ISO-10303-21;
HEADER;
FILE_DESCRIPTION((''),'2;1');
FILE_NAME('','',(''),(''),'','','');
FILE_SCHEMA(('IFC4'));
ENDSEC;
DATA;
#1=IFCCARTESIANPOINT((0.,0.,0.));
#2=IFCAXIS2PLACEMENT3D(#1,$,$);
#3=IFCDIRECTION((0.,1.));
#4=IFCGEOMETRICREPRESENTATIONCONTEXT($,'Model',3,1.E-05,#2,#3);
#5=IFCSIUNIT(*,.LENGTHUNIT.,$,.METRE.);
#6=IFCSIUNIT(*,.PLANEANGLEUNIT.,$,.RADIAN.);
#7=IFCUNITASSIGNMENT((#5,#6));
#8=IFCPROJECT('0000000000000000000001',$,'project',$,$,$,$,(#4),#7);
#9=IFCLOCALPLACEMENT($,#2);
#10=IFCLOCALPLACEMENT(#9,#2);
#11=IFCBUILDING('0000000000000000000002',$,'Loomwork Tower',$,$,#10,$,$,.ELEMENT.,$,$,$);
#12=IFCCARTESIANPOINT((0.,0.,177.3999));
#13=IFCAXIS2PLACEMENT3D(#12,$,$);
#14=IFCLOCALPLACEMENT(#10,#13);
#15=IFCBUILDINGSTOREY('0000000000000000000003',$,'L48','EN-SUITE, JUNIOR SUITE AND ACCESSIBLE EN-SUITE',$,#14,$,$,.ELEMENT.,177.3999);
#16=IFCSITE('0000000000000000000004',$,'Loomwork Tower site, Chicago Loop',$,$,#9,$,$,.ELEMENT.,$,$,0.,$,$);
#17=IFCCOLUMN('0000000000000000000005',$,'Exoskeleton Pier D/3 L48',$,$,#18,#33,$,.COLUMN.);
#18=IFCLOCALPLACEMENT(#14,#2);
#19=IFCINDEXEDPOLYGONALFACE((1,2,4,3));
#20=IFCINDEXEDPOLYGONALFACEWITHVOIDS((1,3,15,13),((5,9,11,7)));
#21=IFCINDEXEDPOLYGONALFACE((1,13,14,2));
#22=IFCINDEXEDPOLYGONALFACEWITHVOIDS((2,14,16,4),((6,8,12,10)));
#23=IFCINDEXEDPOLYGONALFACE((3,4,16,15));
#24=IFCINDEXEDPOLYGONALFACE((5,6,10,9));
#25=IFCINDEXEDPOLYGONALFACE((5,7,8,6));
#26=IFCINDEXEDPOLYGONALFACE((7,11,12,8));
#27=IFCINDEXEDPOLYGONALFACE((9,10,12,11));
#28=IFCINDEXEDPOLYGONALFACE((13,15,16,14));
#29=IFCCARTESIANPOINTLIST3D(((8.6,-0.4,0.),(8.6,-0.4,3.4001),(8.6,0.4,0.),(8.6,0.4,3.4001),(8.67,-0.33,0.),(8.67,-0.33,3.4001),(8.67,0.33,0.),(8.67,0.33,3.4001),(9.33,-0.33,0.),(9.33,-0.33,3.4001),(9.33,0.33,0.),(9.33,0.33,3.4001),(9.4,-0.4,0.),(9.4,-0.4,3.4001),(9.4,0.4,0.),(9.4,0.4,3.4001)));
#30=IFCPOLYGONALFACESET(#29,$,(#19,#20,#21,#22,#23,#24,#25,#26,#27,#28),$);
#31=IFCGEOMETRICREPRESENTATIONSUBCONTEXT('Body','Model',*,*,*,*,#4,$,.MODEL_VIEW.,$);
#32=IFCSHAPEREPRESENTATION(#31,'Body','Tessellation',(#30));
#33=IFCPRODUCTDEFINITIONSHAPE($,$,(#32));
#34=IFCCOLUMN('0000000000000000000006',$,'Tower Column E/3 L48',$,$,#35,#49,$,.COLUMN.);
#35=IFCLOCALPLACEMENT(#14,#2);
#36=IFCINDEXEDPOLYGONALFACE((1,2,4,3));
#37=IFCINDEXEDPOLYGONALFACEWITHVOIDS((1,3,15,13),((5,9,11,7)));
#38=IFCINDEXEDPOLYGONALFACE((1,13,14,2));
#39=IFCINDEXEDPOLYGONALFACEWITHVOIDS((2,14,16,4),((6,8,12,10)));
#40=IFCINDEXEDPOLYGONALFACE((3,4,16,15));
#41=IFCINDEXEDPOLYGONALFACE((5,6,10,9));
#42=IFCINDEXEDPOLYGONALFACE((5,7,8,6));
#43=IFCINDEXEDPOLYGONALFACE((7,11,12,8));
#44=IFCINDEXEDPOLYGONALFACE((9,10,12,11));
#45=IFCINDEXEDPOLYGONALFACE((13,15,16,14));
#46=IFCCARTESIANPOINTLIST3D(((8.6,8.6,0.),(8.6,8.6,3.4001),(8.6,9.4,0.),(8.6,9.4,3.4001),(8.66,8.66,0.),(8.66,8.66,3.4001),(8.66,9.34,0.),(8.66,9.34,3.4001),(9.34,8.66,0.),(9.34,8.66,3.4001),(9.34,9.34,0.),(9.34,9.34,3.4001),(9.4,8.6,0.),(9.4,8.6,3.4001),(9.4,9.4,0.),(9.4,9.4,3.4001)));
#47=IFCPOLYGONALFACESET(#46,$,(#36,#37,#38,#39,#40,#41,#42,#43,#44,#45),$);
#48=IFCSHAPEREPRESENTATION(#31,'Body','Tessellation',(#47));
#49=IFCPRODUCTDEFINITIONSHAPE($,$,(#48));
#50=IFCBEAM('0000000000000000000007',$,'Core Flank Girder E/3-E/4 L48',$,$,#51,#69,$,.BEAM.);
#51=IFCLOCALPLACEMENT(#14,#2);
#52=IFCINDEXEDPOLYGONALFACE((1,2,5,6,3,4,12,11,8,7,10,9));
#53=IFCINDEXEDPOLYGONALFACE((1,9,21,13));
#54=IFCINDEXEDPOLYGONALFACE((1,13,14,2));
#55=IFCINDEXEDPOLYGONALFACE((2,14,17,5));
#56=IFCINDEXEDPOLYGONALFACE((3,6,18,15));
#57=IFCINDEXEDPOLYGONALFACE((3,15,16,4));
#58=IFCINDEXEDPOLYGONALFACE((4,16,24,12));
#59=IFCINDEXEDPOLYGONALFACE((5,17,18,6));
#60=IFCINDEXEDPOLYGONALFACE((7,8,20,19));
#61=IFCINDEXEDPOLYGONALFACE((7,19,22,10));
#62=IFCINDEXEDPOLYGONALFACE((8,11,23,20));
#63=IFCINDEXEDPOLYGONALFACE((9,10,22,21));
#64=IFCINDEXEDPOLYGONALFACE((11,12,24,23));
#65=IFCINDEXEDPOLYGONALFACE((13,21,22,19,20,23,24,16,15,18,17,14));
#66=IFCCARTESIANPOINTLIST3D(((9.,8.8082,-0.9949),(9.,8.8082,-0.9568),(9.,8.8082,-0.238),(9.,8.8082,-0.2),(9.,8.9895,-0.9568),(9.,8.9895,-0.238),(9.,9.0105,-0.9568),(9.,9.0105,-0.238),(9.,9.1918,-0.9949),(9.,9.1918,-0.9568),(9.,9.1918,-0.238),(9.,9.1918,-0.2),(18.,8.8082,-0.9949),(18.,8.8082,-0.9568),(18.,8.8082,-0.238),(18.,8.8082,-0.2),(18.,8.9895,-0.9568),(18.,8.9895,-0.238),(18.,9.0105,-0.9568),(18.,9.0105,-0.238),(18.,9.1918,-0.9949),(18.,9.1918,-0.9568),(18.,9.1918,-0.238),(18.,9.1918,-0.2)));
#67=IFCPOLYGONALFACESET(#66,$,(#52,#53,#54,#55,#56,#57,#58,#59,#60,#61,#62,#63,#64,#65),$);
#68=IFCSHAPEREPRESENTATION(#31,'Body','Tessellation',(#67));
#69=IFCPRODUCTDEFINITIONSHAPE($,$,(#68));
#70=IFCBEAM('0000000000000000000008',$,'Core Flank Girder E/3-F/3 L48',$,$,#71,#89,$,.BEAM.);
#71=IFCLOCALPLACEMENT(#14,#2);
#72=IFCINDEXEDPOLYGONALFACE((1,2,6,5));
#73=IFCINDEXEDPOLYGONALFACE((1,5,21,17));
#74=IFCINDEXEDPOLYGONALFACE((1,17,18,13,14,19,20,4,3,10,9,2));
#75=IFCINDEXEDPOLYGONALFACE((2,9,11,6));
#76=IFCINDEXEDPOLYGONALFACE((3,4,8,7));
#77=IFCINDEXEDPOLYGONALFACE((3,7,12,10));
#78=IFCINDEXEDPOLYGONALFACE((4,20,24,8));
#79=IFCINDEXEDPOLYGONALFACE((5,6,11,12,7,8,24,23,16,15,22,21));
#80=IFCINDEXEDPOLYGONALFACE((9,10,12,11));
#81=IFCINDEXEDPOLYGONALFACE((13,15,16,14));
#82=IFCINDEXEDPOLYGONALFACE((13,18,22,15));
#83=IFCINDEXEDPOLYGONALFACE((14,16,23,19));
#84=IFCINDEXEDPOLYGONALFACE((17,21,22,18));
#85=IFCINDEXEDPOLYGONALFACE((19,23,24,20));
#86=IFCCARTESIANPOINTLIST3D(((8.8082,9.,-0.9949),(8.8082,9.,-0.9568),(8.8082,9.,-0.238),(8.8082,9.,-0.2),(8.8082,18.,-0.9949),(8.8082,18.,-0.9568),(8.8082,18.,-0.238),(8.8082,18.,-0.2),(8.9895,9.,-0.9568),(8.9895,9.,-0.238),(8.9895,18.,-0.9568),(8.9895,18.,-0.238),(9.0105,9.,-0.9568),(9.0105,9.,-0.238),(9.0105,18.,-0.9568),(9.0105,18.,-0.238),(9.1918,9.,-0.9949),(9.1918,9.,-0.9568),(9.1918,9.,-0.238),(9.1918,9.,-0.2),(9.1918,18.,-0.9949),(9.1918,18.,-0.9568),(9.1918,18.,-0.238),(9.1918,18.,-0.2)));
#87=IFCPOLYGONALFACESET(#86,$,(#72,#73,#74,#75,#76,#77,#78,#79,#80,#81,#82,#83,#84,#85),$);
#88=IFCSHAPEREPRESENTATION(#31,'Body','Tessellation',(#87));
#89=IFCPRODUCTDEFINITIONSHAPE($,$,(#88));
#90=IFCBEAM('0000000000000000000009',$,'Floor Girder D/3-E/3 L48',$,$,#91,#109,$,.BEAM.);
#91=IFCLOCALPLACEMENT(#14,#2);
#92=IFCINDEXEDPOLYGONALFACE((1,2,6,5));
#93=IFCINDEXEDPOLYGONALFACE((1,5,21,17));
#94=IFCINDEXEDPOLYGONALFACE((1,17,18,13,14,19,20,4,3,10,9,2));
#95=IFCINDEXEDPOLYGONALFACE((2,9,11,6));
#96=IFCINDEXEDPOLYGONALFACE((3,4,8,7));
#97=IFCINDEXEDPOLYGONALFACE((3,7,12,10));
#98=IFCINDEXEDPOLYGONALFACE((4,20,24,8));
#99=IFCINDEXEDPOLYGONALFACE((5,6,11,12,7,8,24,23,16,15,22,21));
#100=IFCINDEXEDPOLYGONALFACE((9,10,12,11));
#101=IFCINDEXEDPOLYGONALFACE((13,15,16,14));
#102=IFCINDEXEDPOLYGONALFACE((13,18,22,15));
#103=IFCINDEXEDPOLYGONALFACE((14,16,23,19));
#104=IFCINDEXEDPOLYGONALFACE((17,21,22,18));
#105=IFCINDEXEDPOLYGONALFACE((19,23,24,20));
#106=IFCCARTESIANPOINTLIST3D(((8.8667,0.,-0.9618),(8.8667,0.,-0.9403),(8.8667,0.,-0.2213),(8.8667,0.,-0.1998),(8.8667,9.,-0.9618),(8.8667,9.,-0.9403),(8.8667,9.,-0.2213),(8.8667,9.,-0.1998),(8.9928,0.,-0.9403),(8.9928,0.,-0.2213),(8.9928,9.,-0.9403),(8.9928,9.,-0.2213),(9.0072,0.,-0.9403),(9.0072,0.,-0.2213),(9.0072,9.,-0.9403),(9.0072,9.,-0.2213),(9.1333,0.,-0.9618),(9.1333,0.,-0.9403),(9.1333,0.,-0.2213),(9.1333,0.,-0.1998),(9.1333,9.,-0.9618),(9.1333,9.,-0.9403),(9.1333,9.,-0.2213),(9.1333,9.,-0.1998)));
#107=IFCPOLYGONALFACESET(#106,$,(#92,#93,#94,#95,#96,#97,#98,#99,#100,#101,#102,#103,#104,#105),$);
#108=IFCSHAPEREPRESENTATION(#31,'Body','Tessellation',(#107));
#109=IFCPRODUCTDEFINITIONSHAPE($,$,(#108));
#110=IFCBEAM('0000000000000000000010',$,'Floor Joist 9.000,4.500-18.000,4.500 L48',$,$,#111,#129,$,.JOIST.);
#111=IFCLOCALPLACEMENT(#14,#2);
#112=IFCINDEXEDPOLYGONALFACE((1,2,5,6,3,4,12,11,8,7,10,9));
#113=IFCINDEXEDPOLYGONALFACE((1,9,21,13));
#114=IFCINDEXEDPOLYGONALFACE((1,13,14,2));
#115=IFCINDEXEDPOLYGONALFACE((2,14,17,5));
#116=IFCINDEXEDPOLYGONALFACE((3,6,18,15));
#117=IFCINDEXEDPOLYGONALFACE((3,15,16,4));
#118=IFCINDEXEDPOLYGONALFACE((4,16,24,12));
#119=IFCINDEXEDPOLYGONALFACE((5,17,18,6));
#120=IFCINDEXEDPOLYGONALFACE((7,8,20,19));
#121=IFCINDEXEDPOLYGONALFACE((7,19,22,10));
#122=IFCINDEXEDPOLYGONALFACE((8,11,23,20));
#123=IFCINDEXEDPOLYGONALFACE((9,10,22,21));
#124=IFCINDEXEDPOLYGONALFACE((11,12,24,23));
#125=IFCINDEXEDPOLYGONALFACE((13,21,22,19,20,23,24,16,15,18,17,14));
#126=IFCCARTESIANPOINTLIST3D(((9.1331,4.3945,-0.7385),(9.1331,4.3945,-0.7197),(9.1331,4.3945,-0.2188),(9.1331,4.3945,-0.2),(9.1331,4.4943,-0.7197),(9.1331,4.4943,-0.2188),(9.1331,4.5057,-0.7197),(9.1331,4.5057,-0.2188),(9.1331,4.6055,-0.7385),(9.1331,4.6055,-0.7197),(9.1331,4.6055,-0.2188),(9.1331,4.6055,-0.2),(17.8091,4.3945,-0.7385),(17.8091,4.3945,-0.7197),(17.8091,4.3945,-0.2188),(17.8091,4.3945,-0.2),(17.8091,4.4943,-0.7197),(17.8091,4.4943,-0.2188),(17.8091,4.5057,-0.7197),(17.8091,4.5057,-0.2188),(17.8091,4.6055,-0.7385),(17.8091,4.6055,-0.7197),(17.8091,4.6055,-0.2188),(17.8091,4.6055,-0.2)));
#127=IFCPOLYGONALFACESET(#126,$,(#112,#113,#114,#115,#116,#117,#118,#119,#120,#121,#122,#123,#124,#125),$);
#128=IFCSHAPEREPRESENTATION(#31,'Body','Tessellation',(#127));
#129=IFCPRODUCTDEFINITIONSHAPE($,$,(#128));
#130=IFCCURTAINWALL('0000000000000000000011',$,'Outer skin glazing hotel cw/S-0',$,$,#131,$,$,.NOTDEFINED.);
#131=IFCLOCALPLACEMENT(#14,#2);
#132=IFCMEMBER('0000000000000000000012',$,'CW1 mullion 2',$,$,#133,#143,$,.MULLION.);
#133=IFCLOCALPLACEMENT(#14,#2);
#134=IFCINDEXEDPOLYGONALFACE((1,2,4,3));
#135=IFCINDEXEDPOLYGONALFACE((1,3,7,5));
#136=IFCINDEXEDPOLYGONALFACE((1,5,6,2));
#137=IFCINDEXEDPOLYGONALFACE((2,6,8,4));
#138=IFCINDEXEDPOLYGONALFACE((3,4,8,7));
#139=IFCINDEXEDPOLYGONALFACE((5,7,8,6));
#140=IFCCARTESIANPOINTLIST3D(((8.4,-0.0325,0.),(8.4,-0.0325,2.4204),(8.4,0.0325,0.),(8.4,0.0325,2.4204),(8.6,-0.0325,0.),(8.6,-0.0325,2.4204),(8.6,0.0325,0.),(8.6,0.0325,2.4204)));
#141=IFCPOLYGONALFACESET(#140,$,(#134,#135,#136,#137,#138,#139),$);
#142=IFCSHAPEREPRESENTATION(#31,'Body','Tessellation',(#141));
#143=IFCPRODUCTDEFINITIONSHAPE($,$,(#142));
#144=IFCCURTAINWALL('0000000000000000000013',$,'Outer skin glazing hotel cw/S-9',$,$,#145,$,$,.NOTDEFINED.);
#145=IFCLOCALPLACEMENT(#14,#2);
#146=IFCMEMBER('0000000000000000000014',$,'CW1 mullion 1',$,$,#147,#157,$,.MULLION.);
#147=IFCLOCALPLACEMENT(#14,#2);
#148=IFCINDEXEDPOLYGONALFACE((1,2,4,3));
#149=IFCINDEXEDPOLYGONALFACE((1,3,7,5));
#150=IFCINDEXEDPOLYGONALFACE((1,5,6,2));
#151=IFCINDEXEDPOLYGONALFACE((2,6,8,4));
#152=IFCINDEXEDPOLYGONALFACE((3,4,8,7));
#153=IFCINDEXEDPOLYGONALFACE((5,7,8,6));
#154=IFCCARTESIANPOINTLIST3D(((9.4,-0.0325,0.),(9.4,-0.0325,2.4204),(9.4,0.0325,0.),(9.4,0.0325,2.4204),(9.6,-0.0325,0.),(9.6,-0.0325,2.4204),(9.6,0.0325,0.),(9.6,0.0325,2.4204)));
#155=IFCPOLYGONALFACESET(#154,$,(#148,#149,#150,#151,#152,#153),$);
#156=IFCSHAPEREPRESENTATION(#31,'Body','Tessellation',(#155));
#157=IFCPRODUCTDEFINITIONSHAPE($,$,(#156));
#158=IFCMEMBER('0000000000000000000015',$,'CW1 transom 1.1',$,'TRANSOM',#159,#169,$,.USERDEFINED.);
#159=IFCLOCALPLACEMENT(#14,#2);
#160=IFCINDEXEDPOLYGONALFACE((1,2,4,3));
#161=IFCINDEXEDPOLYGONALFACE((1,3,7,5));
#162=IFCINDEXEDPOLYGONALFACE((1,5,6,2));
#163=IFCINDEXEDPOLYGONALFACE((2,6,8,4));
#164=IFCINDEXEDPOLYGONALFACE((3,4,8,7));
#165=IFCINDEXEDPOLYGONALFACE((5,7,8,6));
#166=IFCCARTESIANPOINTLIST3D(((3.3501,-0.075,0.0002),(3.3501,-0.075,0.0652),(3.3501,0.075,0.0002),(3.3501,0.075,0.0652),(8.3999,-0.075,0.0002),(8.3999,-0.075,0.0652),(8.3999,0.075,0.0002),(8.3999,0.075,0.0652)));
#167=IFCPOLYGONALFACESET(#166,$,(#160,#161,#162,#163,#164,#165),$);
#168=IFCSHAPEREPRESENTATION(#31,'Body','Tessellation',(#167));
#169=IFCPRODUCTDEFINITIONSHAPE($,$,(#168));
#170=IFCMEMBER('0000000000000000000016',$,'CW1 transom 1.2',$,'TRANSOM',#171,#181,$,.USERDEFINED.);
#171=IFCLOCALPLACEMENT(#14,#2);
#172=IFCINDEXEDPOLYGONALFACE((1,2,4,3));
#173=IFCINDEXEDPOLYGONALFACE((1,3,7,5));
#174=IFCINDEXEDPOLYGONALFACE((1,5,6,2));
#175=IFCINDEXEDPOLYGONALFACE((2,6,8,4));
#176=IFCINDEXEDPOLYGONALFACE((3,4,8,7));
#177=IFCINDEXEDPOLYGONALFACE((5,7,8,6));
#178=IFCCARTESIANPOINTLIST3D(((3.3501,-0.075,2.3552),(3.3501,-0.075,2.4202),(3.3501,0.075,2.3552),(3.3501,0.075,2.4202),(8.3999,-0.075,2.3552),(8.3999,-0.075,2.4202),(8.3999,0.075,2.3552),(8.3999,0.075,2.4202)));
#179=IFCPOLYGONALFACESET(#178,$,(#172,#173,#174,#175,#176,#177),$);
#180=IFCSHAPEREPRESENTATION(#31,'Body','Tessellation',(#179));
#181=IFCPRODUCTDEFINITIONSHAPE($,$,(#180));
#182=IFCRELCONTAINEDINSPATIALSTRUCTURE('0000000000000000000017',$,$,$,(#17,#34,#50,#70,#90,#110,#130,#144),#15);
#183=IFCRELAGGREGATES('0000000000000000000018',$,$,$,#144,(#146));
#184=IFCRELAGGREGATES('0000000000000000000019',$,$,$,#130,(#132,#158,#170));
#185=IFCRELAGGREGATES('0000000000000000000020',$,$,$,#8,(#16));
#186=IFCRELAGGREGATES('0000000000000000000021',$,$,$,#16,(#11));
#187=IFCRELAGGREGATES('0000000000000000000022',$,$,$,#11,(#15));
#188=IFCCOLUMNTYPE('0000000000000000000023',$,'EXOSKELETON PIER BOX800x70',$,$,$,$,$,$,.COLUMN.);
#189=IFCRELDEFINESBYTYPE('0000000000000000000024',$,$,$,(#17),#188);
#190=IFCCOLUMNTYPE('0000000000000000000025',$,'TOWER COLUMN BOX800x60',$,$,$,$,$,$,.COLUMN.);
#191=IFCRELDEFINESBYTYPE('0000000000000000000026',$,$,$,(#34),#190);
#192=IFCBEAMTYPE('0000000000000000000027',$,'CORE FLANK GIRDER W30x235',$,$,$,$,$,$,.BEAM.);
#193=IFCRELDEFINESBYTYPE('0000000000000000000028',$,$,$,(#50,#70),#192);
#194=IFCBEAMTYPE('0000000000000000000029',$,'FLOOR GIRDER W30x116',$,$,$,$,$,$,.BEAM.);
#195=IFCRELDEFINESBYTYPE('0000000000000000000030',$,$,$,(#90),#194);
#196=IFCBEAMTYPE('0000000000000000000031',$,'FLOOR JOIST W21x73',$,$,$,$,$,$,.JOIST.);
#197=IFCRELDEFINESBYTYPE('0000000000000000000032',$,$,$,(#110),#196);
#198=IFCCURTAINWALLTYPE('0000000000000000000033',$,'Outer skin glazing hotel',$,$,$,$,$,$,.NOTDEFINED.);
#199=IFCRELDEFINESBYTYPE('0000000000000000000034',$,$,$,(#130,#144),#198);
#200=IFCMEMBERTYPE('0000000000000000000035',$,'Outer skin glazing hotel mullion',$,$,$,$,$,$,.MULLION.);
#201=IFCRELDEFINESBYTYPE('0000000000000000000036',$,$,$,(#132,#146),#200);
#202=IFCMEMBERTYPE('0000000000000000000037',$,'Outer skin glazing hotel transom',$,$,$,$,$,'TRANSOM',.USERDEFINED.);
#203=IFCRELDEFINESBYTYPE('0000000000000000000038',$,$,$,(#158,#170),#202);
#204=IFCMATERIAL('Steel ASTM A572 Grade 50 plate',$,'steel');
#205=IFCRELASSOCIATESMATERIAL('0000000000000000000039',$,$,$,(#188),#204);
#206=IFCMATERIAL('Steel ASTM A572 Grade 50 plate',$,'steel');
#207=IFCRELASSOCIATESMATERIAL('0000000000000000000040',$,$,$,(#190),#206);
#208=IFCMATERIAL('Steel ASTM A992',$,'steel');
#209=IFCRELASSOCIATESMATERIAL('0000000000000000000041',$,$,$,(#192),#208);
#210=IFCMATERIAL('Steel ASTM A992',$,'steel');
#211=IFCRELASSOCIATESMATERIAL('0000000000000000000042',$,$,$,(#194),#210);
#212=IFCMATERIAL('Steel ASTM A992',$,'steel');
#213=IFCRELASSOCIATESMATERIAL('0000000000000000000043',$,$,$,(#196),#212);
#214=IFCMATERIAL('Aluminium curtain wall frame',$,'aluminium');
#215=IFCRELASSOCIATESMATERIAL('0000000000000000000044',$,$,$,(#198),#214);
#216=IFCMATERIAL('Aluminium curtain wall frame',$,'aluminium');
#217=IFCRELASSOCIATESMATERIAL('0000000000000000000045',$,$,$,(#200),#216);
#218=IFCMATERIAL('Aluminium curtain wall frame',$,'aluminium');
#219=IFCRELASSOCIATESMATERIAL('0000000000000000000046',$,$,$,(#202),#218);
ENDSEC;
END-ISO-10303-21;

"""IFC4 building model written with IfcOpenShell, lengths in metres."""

from ifc_helpers import new_model, si_unit, direction, frame, origin, origin_2d, place, context, subcontext, project, spatial, rectangle, hollow_rectangle, i_section, extrude, material, material_profile, profile_set, type_object, element, aggregate, save


model = new_model("IFC4")

# Units and contexts
model_context = context("Model", 3, precision=1e-05, world=origin(), true_north=direction((0.0, 1.0)))
body_context = subcontext(model_context, "Body", "Model", "MODEL_VIEW")
ifc_project = project(units=[si_unit("LENGTHUNIT", "METRE"), si_unit("PLANEANGLEUNIT", "RADIAN")], contexts=[model_context])

# Site, building, storey
site_placement = place(None, origin())
site = spatial("IfcSite", under=ifc_project, at=site_placement, Name="Loomwork Tower site, Chicago Loop", CompositionType="ELEMENT", RefElevation=0.0)
building_placement = place(site_placement, origin())
building = spatial("IfcBuilding", under=site, at=building_placement, Name="Loomwork Tower", CompositionType="ELEMENT")
storey_placement = place(building_placement, frame((0.0, 0.0, 177.3999)))
storey = spatial("IfcBuildingStorey", under=building, at=storey_placement, Name="L48", Description="EN-SUITE, JUNIOR SUITE AND ACCESSIBLE EN-SUITE", CompositionType="ELEMENT", Elevation=177.3999)

# Columns
ifc_material_1 = material(Name="Steel ASTM A572 Grade 50 plate", Category="steel")
ifc_material_profile_1 = material_profile(ifc_material_1, hollow_rectangle(XDim=0.8, YDim=0.8, WallThickness=0.0701, at=origin_2d()), Name="BOX800x70")
ifc_profile_set_1 = profile_set([ifc_material_profile_1], Name="Steel ASTM A572 Grade 50 plate")
column_type_1 = type_object("IfcColumnType", Name="EXOSKELETON PIER BOX800x70", PredefinedType="COLUMN", material=ifc_profile_set_1)
column_1_placement = place(storey_placement, frame((9.0, 0.0, 0.0), z_axis=(0.0, 0.0, 1.0), x_axis=(1.0, 0.0, 0.0)))
element("IfcColumn", 1, at=column_1_placement, inside=storey, type_object=column_type_1, Name="Exoskeleton Pier D/3 L48", PredefinedType="COLUMN", context=body_context, shape_type="SweptSolid", body=[
    extrude(hollow_rectangle(XDim=0.8, YDim=0.8, WallThickness=0.0701, at=origin_2d()), origin(), (0.0, 0.0, 1.0), 3.4001),
])
ifc_material_2 = material(Name="Steel ASTM A572 Grade 50 plate", Category="steel")
ifc_material_profile_2 = material_profile(ifc_material_2, hollow_rectangle(XDim=0.8, YDim=0.8, WallThickness=0.0601, at=origin_2d()), Name="BOX800x60")
ifc_profile_set_2 = profile_set([ifc_material_profile_2], Name="Steel ASTM A572 Grade 50 plate")
column_type_2 = type_object("IfcColumnType", Name="TOWER COLUMN BOX800x60", PredefinedType="COLUMN", material=ifc_profile_set_2)
column_2_placement = place(storey_placement, frame((9.0, 9.0, 0.0), z_axis=(0.0, 0.0, 1.0), x_axis=(1.0, 0.0, 0.0)))
element("IfcColumn", 2, at=column_2_placement, inside=storey, type_object=column_type_2, Name="Tower Column E/3 L48", PredefinedType="COLUMN", context=body_context, shape_type="SweptSolid", body=[
    extrude(hollow_rectangle(XDim=0.8, YDim=0.8, WallThickness=0.0601, at=origin_2d()), origin(), (0.0, 0.0, 1.0), 3.4001),
])

# Beams
ifc_material_3 = material(Name="Steel ASTM A992", Category="steel")
ifc_material_profile_3 = material_profile(ifc_material_3, i_section(OverallWidth=0.3835, OverallDepth=0.7949, WebThickness=0.021, FlangeThickness=0.0381, at=origin_2d()), Name="W30x235")
ifc_profile_set_3 = profile_set([ifc_material_profile_3], Name="Steel ASTM A992")
beam_type_1 = type_object("IfcBeamType", Name="CORE FLANK GIRDER W30x235", PredefinedType="BEAM", material=ifc_profile_set_3)
for number, where, z_axis, x_axis, name in (
    (3, (9.0, 9.0, -0.5974), (1.0, 0.0, 0.0), (0.0, 1.0, 0.0), "Core Flank Girder E/3-E/4 L48"),
    (4, (9.0, 9.0, -0.5974), (0.0, 1.0, 0.0), (-1.0, 0.0, 0.0), "Core Flank Girder E/3-F/3 L48"),
):
    element("IfcBeam", number, at=place(storey_placement, frame(where, z_axis=z_axis, x_axis=x_axis)), inside=storey, type_object=beam_type_1, Name=name, PredefinedType="BEAM", context=body_context, shape_type="SweptSolid", body=[
        extrude(i_section(OverallWidth=0.3835, OverallDepth=0.7949, WebThickness=0.021, FlangeThickness=0.0381, at=origin_2d()), origin(), (0.0, 0.0, 1.0), 9.0),
    ])
ifc_material_4 = material(Name="Steel ASTM A992", Category="steel")
ifc_material_profile_4 = material_profile(ifc_material_4, i_section(OverallWidth=0.2666, OverallDepth=0.762, WebThickness=0.0144, FlangeThickness=0.0215, at=origin_2d()), Name="W30x116")
ifc_profile_set_4 = profile_set([ifc_material_profile_4], Name="Steel ASTM A992")
beam_type_2 = type_object("IfcBeamType", Name="FLOOR GIRDER W30x116", PredefinedType="BEAM", material=ifc_profile_set_4)
beam_1_placement = place(storey_placement, frame((9.0, 0.0, -0.5808), z_axis=(0.0, 1.0, 0.0), x_axis=(-1.0, 0.0, 0.0)))
element("IfcBeam", 5, at=beam_1_placement, inside=storey, type_object=beam_type_2, Name="Floor Girder D/3-E/3 L48", PredefinedType="BEAM", context=body_context, shape_type="SweptSolid", body=[
    extrude(i_section(OverallWidth=0.2666, OverallDepth=0.762, WebThickness=0.0144, FlangeThickness=0.0215, at=origin_2d()), origin(), (0.0, 0.0, 1.0), 9.0),
])
ifc_material_5 = material(Name="Steel ASTM A992", Category="steel")
ifc_material_profile_5 = material_profile(ifc_material_5, i_section(OverallWidth=0.2109, OverallDepth=0.5386, WebThickness=0.0115, FlangeThickness=0.0188, at=origin_2d()), Name="W21x73")
ifc_profile_set_5 = profile_set([ifc_material_profile_5], Name="Steel ASTM A992")
beam_type_3 = type_object("IfcBeamType", Name="FLOOR JOIST W21x73", PredefinedType="JOIST", material=ifc_profile_set_5)
beam_2_placement = place(storey_placement, frame((9.1331, 4.5, -0.4692), z_axis=(1.0, 0.0, 0.0), x_axis=(0.0, 1.0, 0.0)))
element("IfcBeam", 6, at=beam_2_placement, inside=storey, type_object=beam_type_3, Name="Floor Joist 9.000,4.500-18.000,4.500 L48", PredefinedType="JOIST", context=body_context, shape_type="SweptSolid", body=[
    extrude(i_section(OverallWidth=0.2109, OverallDepth=0.5386, WebThickness=0.0115, FlangeThickness=0.0188, at=origin_2d()), origin(), (0.0, 0.0, 1.0), 8.676),
])

# Curtain walls, members
ifc_material_6 = material(Name="Aluminium curtain wall frame", Category="aluminium")
curtain_wall_type = type_object("IfcCurtainWallType", Name="Outer skin glazing hotel", PredefinedType="NOTDEFINED", material=ifc_material_6)
curtain_wall_1_placement = place(storey_placement, origin())
curtain_wall_1 = element("IfcCurtainWall", 7, at=curtain_wall_1_placement, inside=storey, type_object=curtain_wall_type, Name="Outer skin glazing hotel cw/S-0", PredefinedType="NOTDEFINED")
ifc_material_7 = material(Name="Aluminium curtain wall frame", Category="aluminium")
ifc_material_profile_6 = material_profile(ifc_material_7, rectangle(XDim=0.0649, YDim=0.2, at=origin_2d()), Name="AL 65x200")
ifc_profile_set_6 = profile_set([ifc_material_profile_6], Name="Aluminium curtain wall frame")
member_type_1 = type_object("IfcMemberType", Name="Outer skin glazing hotel mullion", PredefinedType="MULLION", material=ifc_profile_set_6)
member_1_placement = place(storey_placement, frame((8.5, 0.0, 0.0), z_axis=(0.0, 0.0, 1.0), x_axis=(0.0, 1.0, 0.0)))
member_1 = element("IfcMember", 8, at=member_1_placement, type_object=member_type_1, Name="CW1 mullion 2", PredefinedType="MULLION", context=body_context, shape_type="SweptSolid", body=[
    extrude(rectangle(XDim=0.0649, YDim=0.2, at=origin_2d()), origin(), (0.0, 0.0, 1.0), 2.4204),
])
curtain_wall_2_placement = place(storey_placement, origin())
curtain_wall_2 = element("IfcCurtainWall", 9, at=curtain_wall_2_placement, inside=storey, type_object=curtain_wall_type, Name="Outer skin glazing hotel cw/S-9", PredefinedType="NOTDEFINED")
member_2_placement = place(storey_placement, frame((9.5, 0.0, 0.0), z_axis=(0.0, 0.0, 1.0), x_axis=(0.0, 1.0, 0.0)))
member_2 = element("IfcMember", 10, at=member_2_placement, type_object=member_type_1, Name="CW1 mullion 1", PredefinedType="MULLION", context=body_context, shape_type="SweptSolid", body=[
    extrude(rectangle(XDim=0.0649, YDim=0.2, at=origin_2d()), origin(), (0.0, 0.0, 1.0), 2.4204),
])
aggregate(curtain_wall_2, [member_2])

# Members
ifc_material_8 = material(Name="Aluminium curtain wall frame", Category="aluminium")
ifc_material_profile_7 = material_profile(ifc_material_8, rectangle(XDim=0.1499, YDim=0.0649, at=origin_2d()), Name="AL 65x150")
ifc_profile_set_7 = profile_set([ifc_material_profile_7], Name="Aluminium curtain wall frame")
member_type_2 = type_object("IfcMemberType", Name="Outer skin glazing hotel transom", ElementType="TRANSOM", PredefinedType="USERDEFINED", material=ifc_profile_set_7)
member_3_placement = place(storey_placement, frame((3.3501, 0.0, 0.0327), z_axis=(1.0, 0.0, 0.0), x_axis=(0.0, 1.0, 0.0)))
member_3 = element("IfcMember", 11, at=member_3_placement, type_object=member_type_2, Name="CW1 transom 1.1", ObjectType="TRANSOM", PredefinedType="USERDEFINED", context=body_context, shape_type="SweptSolid", body=[
    extrude(rectangle(XDim=0.1499, YDim=0.0649, at=origin_2d()), origin(), (0.0, 0.0, 1.0), 5.0498),
])
member_4_placement = place(storey_placement, frame((3.3501, 0.0, 2.3877), z_axis=(1.0, 0.0, 0.0), x_axis=(0.0, 1.0, 0.0)))
member_4 = element("IfcMember", 12, at=member_4_placement, type_object=member_type_2, Name="CW1 transom 1.2", ObjectType="TRANSOM", PredefinedType="USERDEFINED", context=body_context, shape_type="SweptSolid", body=[
    extrude(rectangle(XDim=0.1499, YDim=0.0649, at=origin_2d()), origin(), (0.0, 0.0, 1.0), 5.0498),
])

aggregate(curtain_wall_1, [member_1, member_3, member_4])

save(model, "model.ifc")
